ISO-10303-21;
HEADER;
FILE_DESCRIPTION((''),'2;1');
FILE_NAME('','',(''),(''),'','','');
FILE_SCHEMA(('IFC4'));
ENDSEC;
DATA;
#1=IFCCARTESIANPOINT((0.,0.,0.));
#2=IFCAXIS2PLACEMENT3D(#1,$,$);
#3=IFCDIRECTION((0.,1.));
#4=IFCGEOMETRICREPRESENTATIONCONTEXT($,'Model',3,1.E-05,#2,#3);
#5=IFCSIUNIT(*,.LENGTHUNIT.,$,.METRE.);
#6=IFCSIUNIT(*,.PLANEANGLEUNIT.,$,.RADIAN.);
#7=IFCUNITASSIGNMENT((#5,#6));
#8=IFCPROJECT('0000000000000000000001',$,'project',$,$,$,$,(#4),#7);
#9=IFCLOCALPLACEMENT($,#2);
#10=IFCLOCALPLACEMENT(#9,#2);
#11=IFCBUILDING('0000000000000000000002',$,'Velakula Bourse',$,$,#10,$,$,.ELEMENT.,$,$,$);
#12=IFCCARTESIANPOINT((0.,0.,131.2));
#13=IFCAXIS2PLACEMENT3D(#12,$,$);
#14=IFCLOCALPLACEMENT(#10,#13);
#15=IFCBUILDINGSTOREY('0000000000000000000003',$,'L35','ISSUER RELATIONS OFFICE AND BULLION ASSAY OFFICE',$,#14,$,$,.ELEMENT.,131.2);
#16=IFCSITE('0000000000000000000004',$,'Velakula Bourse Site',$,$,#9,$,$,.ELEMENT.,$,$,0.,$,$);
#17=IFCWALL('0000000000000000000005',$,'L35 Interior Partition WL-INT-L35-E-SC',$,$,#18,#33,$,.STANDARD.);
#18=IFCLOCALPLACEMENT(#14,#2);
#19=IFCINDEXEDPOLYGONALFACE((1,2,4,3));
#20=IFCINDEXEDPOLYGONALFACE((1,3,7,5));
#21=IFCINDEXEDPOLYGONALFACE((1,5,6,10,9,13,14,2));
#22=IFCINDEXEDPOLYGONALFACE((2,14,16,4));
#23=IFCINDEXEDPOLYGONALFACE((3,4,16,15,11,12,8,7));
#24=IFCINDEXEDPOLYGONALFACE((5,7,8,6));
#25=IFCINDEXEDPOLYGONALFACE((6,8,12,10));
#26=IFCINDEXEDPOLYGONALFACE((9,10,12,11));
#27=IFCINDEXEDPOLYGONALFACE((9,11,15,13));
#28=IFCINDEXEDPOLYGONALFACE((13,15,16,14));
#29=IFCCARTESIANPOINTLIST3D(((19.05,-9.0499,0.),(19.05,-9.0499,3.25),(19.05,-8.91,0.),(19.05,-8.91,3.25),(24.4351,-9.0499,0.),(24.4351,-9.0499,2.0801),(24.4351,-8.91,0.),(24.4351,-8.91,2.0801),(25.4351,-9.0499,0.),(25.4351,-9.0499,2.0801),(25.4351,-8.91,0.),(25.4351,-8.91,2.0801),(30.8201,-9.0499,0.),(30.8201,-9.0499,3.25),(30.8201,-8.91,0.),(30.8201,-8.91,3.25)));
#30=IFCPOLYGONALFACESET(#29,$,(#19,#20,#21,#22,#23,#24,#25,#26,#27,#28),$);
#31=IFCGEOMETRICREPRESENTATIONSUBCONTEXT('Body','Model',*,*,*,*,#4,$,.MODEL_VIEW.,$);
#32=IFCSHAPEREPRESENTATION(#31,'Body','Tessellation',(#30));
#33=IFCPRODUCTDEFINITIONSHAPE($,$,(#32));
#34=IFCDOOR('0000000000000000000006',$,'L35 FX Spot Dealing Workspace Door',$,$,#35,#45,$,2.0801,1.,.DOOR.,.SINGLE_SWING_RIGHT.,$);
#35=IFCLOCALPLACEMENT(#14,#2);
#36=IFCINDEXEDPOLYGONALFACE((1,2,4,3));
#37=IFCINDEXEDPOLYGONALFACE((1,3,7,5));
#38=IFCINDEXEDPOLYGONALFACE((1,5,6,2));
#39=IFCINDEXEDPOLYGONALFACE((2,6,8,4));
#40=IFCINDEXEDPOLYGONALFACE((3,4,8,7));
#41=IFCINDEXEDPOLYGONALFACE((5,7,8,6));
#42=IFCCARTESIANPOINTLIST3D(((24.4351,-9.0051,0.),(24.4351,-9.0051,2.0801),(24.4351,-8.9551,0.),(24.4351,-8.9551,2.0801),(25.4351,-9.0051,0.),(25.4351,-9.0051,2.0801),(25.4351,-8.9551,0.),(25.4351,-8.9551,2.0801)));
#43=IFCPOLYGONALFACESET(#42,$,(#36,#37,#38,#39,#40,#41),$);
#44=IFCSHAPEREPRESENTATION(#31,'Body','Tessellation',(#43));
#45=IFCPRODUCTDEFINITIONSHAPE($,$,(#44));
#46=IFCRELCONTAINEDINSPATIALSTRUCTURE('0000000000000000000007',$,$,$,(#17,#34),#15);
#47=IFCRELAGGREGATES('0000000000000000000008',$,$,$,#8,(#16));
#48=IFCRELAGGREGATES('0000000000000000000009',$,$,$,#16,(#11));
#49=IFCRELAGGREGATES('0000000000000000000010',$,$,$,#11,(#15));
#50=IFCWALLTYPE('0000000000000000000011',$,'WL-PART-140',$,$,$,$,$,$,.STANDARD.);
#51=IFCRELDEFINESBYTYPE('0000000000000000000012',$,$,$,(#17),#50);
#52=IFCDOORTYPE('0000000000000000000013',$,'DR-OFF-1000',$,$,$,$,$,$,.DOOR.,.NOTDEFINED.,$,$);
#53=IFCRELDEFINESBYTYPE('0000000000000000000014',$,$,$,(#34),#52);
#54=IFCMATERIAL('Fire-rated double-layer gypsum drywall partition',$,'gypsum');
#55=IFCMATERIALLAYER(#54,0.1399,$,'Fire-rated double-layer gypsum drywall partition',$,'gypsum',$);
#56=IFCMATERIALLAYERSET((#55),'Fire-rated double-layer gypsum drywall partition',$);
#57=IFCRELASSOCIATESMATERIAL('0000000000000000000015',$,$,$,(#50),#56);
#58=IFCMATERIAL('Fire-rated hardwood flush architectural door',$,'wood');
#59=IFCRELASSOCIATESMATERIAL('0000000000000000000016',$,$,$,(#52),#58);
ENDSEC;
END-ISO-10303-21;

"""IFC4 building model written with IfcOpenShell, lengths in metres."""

from ifc_helpers import new_model, si_unit, direction, frame, frame_2d, origin, place, context, subcontext, project, spatial, rectangle, extrude, material, layer, layer_set, type_object, element, fill, save


model = new_model("IFC4")

# Units and contexts
model_context = context("Model", 3, precision=1e-05, world=origin(), true_north=direction((0.0, 1.0)))
body_context = subcontext(model_context, "Body", "Model", "MODEL_VIEW")
ifc_project = project(units=[si_unit("LENGTHUNIT", "METRE"), si_unit("PLANEANGLEUNIT", "RADIAN")], contexts=[model_context])

# Site, building, storey
site_placement = place(None, origin())
site = spatial("IfcSite", under=ifc_project, at=site_placement, Name="Velakula Bourse Site", CompositionType="ELEMENT", RefElevation=0.0)
building_placement = place(site_placement, origin())
building = spatial("IfcBuilding", under=site, at=building_placement, Name="Velakula Bourse", CompositionType="ELEMENT")
storey_placement = place(building_placement, frame((0.0, 0.0, 131.2)))
storey = spatial("IfcBuildingStorey", under=building, at=storey_placement, Name="L35", Description="ISSUER RELATIONS OFFICE AND BULLION ASSAY OFFICE", CompositionType="ELEMENT", Elevation=131.2)

# Wall, opening, door
ifc_material_1 = material(Name="Fire-rated double-layer gypsum drywall partition", Category="gypsum")
ifc_layer_1 = layer(ifc_material_1, 0.1399, Name="Fire-rated double-layer gypsum drywall partition", Category="gypsum")
ifc_layer_set_1 = layer_set([ifc_layer_1], Name="Fire-rated double-layer gypsum drywall partition")
wall_type_1 = type_object("IfcWallType", Name="WL-PART-140", PredefinedType="STANDARD", material=ifc_layer_set_1)
wall_1_placement = place(storey_placement, frame((19.05, -8.98, 0.0), z_axis=(0.0, 0.0, 1.0), x_axis=(1.0, 0.0, 0.0)))
wall_1 = element("IfcWall", 1, at=wall_1_placement, inside=storey, type_object=wall_type_1, Name="L35 Interior Partition WL-INT-L35-E-SC", PredefinedType="STANDARD", context=body_context, shape_type="SweptSolid", body=[
    extrude(rectangle(XDim=11.77, YDim=0.1399, at=frame_2d((5.885, 0.0))), origin(), (0.0, 0.0, 1.0), 3.25),
])
opening_placement = place(wall_1_placement, frame((5.385, 0.0, 0.0)))
opening = element("IfcOpeningElement", 2, at=opening_placement, cuts=wall_1, PredefinedType="OPENING", context=body_context, shape_type="SweptSolid", body=[
    extrude(rectangle(XDim=1.0, YDim=2.0801, at=frame_2d((0.5, 1.04))), frame((0.0, 0.0798, 0.0), z_axis=(0.0, -1.0, 0.0), x_axis=(1.0, 0.0, 0.0)), (0.0, 0.0, 1.0), 0.1599),
])
ifc_material_2 = material(Name="Fire-rated hardwood flush architectural door", Category="wood")
door_type = type_object("IfcDoorType", Name="DR-OFF-1000", OperationType="NOTDEFINED", PredefinedType="DOOR", material=ifc_material_2)
door_placement = place(opening_placement, origin())
door = element("IfcDoor", 3, at=door_placement, inside=storey, type_object=door_type, Name="L35 FX Spot Dealing Workspace Door", OperationType="SINGLE_SWING_RIGHT", OverallHeight=2.0801, OverallWidth=1.0, PredefinedType="DOOR", context=body_context, shape_type="SweptSolid", body=[
    extrude(rectangle(XDim=1.0, YDim=2.0801, at=frame_2d((0.5, 1.04))), frame((0.0, 0.0249, 0.0), z_axis=(0.0, -1.0, 0.0), x_axis=(1.0, 0.0, 0.0)), (0.0, 0.0, 1.0), 0.05),
])
fill(opening, door)

save(model, "model.ifc")
